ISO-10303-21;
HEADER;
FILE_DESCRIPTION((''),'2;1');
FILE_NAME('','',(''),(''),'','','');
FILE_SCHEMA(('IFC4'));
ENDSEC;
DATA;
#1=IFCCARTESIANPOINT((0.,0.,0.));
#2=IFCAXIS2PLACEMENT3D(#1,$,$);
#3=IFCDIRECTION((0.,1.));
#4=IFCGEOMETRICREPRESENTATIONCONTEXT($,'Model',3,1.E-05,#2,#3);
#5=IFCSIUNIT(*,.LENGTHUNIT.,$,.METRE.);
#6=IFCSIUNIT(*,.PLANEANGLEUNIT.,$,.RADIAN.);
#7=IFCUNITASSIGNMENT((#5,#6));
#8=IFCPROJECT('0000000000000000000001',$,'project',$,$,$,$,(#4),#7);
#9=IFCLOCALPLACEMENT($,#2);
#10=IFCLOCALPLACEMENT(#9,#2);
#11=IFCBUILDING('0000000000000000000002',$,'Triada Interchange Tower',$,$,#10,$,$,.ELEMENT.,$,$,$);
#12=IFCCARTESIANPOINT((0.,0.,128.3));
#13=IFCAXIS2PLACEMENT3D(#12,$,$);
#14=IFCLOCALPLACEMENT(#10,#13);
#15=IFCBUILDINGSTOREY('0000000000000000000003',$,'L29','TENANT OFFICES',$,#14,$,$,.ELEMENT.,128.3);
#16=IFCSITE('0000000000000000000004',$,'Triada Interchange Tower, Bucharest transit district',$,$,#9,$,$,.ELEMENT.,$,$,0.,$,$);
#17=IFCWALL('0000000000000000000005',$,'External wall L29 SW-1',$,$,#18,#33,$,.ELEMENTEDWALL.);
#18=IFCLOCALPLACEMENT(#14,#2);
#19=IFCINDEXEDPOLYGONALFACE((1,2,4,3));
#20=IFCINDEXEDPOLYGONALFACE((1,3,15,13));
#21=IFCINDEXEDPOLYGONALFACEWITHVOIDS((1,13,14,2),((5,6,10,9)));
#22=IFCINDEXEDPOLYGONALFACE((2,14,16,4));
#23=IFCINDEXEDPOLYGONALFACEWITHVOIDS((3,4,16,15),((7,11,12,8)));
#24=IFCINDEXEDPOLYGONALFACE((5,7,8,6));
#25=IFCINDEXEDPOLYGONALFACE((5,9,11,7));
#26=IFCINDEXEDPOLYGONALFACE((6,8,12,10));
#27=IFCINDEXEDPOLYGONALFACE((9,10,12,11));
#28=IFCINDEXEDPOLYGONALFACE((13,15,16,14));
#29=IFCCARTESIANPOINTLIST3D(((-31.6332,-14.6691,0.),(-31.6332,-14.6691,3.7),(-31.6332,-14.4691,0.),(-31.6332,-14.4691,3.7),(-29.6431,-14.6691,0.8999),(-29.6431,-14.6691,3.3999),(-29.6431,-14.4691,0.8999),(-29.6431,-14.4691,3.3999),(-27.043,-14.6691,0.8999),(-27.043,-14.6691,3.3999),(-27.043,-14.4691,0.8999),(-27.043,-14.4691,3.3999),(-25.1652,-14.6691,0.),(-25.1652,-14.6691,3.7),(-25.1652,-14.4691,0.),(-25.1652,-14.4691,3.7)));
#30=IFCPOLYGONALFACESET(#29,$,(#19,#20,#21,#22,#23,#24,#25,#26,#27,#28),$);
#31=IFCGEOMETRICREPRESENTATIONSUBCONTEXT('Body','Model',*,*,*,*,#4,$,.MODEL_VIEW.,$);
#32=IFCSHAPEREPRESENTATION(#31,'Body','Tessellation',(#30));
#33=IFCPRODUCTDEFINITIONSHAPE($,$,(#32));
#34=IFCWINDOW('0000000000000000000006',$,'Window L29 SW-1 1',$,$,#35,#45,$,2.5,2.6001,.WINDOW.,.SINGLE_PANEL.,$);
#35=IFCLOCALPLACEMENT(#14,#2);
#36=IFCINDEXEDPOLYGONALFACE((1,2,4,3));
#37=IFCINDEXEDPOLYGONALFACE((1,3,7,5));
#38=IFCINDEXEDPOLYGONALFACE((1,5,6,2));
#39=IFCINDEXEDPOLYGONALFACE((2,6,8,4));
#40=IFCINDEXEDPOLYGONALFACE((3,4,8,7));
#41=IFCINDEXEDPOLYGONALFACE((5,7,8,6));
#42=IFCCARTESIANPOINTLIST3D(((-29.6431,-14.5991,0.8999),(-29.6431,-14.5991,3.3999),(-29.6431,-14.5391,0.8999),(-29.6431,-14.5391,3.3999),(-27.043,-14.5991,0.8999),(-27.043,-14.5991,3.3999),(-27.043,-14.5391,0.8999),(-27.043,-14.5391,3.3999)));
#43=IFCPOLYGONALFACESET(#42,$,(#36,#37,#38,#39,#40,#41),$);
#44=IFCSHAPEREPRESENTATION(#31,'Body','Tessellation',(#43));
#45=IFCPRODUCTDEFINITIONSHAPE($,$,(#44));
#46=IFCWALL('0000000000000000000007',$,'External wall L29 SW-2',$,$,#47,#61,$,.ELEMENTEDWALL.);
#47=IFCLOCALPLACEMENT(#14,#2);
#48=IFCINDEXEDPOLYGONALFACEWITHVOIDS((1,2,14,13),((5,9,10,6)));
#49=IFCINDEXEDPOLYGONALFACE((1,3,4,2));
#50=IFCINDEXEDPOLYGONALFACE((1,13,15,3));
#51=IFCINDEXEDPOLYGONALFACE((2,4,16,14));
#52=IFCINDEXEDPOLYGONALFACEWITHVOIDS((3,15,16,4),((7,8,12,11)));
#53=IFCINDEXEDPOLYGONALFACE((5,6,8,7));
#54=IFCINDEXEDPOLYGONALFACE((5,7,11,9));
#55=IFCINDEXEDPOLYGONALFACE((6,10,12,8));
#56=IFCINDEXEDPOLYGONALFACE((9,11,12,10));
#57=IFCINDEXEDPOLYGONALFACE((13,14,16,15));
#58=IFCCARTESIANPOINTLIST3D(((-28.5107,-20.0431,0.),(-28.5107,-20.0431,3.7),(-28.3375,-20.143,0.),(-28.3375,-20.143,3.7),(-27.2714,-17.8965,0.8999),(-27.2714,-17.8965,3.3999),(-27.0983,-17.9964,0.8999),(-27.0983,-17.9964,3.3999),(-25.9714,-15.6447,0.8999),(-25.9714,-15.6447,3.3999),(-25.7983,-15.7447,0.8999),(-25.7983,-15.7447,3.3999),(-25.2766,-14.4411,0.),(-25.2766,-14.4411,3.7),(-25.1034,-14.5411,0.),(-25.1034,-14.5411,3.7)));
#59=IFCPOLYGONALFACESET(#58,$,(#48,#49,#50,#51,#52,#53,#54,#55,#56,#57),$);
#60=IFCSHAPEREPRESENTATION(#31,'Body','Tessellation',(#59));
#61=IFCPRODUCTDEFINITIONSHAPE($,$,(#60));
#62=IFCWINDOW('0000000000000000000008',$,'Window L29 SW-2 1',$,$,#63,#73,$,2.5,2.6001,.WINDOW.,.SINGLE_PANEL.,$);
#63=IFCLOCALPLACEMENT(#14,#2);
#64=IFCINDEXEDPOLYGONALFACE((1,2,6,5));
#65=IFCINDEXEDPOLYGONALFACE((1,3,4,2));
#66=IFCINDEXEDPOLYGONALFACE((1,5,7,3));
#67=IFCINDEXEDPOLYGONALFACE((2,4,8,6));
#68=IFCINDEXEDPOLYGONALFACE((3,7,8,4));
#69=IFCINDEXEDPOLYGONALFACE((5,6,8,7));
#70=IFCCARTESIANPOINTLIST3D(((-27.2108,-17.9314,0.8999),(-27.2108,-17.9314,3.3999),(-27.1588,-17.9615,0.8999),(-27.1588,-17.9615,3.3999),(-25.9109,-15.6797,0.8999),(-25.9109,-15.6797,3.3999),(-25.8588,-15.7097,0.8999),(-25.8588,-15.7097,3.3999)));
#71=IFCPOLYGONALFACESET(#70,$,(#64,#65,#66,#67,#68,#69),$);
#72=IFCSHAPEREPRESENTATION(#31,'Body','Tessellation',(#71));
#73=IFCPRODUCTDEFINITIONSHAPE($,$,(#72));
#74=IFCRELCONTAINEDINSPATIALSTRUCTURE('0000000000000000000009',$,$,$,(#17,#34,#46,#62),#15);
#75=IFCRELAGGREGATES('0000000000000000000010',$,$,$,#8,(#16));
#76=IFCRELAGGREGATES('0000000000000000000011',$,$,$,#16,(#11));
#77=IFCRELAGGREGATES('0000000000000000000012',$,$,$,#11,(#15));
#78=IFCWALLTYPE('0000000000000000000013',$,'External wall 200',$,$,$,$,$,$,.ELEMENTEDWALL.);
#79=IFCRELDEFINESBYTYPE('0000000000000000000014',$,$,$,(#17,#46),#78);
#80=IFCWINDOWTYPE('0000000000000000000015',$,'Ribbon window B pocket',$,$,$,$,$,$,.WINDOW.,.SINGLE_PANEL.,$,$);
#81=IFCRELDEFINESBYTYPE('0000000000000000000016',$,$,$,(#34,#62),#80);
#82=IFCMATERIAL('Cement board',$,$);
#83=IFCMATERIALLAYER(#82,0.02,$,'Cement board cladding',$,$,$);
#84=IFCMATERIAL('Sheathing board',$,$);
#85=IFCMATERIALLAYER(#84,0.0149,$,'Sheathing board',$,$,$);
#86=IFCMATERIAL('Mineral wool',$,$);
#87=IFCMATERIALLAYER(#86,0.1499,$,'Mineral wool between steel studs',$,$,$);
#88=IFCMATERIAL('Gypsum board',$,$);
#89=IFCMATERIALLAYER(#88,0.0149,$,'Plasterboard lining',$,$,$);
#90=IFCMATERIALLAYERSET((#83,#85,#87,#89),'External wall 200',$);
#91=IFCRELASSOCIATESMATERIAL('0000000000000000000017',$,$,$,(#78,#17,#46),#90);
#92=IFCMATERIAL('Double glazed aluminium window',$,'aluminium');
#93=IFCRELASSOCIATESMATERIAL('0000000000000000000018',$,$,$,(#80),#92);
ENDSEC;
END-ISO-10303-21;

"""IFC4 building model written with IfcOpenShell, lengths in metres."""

from ifc_helpers import new_model, si_unit, direction, frame, frame_2d, origin, place, context, subcontext, project, spatial, rectangle, extrude, material, layer, layer_set, layer_usage, type_object, element, fill, save


model = new_model("IFC4")

# Units and contexts
model_context = context("Model", 3, precision=1e-05, world=origin(), true_north=direction((0.0, 1.0)))
body_context = subcontext(model_context, "Body", "Model", "MODEL_VIEW")
ifc_project = project(units=[si_unit("LENGTHUNIT", "METRE"), si_unit("PLANEANGLEUNIT", "RADIAN")], contexts=[model_context])

# Site, building, storey
site_placement = place(None, origin())
site = spatial("IfcSite", under=ifc_project, at=site_placement, Name="Triada Interchange Tower, Bucharest transit district", CompositionType="ELEMENT", RefElevation=0.0)
building_placement = place(site_placement, origin())
building = spatial("IfcBuilding", under=site, at=building_placement, Name="Triada Interchange Tower", CompositionType="ELEMENT")
storey_placement = place(building_placement, frame((0.0, 0.0, 128.3)))
storey = spatial("IfcBuildingStorey", under=building, at=storey_placement, Name="L29", Description="TENANT OFFICES", CompositionType="ELEMENT", Elevation=128.3)

# Walls, openings, windows
ifc_material_1 = material(Name="Cement board")
ifc_layer_1 = layer(ifc_material_1, 0.02, Name="Cement board cladding")
ifc_material_2 = material(Name="Sheathing board")
ifc_layer_2 = layer(ifc_material_2, 0.0149, Name="Sheathing board")
ifc_material_3 = material(Name="Mineral wool")
ifc_layer_3 = layer(ifc_material_3, 0.1499, Name="Mineral wool between steel studs")
ifc_material_4 = material(Name="Gypsum board")
ifc_layer_4 = layer(ifc_material_4, 0.0149, Name="Plasterboard lining")
ifc_layer_set_1 = layer_set([ifc_layer_1, ifc_layer_2, ifc_layer_3, ifc_layer_4], Name="External wall 200")
ifc_layer_usage = layer_usage(ifc_layer_set_1, "AXIS2", "POSITIVE", -0.1001)
wall_type_1 = type_object("IfcWallType", Name="External wall 200", PredefinedType="ELEMENTEDWALL", material=ifc_layer_set_1)
wall_1_placement = place(storey_placement, frame((-31.6331, -14.5691, 0.0), z_axis=(0.0, 0.0, 1.0), x_axis=(1.0, 0.0, 0.0)))
wall_1 = element("IfcWall", 1, at=wall_1_placement, inside=storey, type_object=wall_type_1, material=ifc_layer_usage, Name="External wall L29 SW-1", PredefinedType="ELEMENTEDWALL", context=body_context, shape_type="SweptSolid", body=[
    extrude(rectangle(XDim=6.468, YDim=0.2, at=frame_2d((3.2339, 0.0))), origin(), (0.0, 0.0, 1.0), 3.7),
])
opening_1_placement = place(wall_1_placement, frame((1.99, 0.0, 0.8999)))
opening_1 = element("IfcOpeningElement", 2, at=opening_1_placement, cuts=wall_1, PredefinedType="OPENING", context=body_context, shape_type="SweptSolid", body=[
    extrude(rectangle(XDim=2.6001, YDim=2.5, at=frame_2d((1.3, 1.25))), frame((0.0, 0.1099, 0.0), z_axis=(0.0, -1.0, 0.0), x_axis=(1.0, 0.0, 0.0)), (0.0, 0.0, 1.0), 0.22),
])
ifc_material_5 = material(Name="Double glazed aluminium window", Category="aluminium")
window_type_1 = type_object("IfcWindowType", Name="Ribbon window B pocket", PartitioningType="SINGLE_PANEL", PredefinedType="WINDOW", material=ifc_material_5)
window_1_placement = place(opening_1_placement, origin())
window_1 = element("IfcWindow", 3, at=window_1_placement, inside=storey, type_object=window_type_1, Name="Window L29 SW-1 1", OverallHeight=2.5, OverallWidth=2.6001, PartitioningType="SINGLE_PANEL", PredefinedType="WINDOW", context=body_context, shape_type="SweptSolid", body=[
    extrude(rectangle(XDim=2.6001, YDim=2.5, at=frame_2d((1.3, 1.25))), frame((0.0, 0.03, 0.0), z_axis=(0.0, -1.0, 0.0), x_axis=(1.0, 0.0, 0.0)), (0.0, 0.0, 1.0), 0.0601),
])
fill(opening_1, window_1)
wall_2_placement = place(storey_placement, frame((-25.1899, -14.491, 0.0), z_axis=(0.0, 0.0, 1.0), x_axis=(-0.499975, -0.86604, 0.0)))
wall_2 = element("IfcWall", 4, at=wall_2_placement, inside=storey, type_object=wall_type_1, material=ifc_layer_usage, Name="External wall L29 SW-2", PredefinedType="ELEMENTEDWALL", context=body_context, shape_type="SweptSolid", body=[
    extrude(rectangle(XDim=6.4685, YDim=0.2, at=frame_2d((3.2344, 0.0))), origin(), (0.0, 0.0, 1.0), 3.7),
])
opening_2_placement = place(wall_2_placement, frame((1.3899, 0.0, 0.8999)))
opening_2 = element("IfcOpeningElement", 5, at=opening_2_placement, cuts=wall_2, PredefinedType="OPENING", context=body_context, shape_type="SweptSolid", body=[
    extrude(rectangle(XDim=2.6001, YDim=2.5, at=frame_2d((1.3, 1.25))), frame((0.0, 0.1099, 0.0), z_axis=(0.0, -1.0, 0.0), x_axis=(1.0, 0.0, 0.0)), (0.0, 0.0, 1.0), 0.22),
])
window_2_placement = place(opening_2_placement, origin())
window_2 = element("IfcWindow", 6, at=window_2_placement, inside=storey, type_object=window_type_1, Name="Window L29 SW-2 1", OverallHeight=2.5, OverallWidth=2.6001, PartitioningType="SINGLE_PANEL", PredefinedType="WINDOW", context=body_context, shape_type="SweptSolid", body=[
    extrude(rectangle(XDim=2.6001, YDim=2.5, at=frame_2d((1.3, 1.25))), frame((0.0, 0.03, 0.0), z_axis=(0.0, -1.0, 0.0), x_axis=(1.0, 0.0, 0.0)), (0.0, 0.0, 1.0), 0.0601),
])
fill(opening_2, window_2)

save(model, "model.ifc")
